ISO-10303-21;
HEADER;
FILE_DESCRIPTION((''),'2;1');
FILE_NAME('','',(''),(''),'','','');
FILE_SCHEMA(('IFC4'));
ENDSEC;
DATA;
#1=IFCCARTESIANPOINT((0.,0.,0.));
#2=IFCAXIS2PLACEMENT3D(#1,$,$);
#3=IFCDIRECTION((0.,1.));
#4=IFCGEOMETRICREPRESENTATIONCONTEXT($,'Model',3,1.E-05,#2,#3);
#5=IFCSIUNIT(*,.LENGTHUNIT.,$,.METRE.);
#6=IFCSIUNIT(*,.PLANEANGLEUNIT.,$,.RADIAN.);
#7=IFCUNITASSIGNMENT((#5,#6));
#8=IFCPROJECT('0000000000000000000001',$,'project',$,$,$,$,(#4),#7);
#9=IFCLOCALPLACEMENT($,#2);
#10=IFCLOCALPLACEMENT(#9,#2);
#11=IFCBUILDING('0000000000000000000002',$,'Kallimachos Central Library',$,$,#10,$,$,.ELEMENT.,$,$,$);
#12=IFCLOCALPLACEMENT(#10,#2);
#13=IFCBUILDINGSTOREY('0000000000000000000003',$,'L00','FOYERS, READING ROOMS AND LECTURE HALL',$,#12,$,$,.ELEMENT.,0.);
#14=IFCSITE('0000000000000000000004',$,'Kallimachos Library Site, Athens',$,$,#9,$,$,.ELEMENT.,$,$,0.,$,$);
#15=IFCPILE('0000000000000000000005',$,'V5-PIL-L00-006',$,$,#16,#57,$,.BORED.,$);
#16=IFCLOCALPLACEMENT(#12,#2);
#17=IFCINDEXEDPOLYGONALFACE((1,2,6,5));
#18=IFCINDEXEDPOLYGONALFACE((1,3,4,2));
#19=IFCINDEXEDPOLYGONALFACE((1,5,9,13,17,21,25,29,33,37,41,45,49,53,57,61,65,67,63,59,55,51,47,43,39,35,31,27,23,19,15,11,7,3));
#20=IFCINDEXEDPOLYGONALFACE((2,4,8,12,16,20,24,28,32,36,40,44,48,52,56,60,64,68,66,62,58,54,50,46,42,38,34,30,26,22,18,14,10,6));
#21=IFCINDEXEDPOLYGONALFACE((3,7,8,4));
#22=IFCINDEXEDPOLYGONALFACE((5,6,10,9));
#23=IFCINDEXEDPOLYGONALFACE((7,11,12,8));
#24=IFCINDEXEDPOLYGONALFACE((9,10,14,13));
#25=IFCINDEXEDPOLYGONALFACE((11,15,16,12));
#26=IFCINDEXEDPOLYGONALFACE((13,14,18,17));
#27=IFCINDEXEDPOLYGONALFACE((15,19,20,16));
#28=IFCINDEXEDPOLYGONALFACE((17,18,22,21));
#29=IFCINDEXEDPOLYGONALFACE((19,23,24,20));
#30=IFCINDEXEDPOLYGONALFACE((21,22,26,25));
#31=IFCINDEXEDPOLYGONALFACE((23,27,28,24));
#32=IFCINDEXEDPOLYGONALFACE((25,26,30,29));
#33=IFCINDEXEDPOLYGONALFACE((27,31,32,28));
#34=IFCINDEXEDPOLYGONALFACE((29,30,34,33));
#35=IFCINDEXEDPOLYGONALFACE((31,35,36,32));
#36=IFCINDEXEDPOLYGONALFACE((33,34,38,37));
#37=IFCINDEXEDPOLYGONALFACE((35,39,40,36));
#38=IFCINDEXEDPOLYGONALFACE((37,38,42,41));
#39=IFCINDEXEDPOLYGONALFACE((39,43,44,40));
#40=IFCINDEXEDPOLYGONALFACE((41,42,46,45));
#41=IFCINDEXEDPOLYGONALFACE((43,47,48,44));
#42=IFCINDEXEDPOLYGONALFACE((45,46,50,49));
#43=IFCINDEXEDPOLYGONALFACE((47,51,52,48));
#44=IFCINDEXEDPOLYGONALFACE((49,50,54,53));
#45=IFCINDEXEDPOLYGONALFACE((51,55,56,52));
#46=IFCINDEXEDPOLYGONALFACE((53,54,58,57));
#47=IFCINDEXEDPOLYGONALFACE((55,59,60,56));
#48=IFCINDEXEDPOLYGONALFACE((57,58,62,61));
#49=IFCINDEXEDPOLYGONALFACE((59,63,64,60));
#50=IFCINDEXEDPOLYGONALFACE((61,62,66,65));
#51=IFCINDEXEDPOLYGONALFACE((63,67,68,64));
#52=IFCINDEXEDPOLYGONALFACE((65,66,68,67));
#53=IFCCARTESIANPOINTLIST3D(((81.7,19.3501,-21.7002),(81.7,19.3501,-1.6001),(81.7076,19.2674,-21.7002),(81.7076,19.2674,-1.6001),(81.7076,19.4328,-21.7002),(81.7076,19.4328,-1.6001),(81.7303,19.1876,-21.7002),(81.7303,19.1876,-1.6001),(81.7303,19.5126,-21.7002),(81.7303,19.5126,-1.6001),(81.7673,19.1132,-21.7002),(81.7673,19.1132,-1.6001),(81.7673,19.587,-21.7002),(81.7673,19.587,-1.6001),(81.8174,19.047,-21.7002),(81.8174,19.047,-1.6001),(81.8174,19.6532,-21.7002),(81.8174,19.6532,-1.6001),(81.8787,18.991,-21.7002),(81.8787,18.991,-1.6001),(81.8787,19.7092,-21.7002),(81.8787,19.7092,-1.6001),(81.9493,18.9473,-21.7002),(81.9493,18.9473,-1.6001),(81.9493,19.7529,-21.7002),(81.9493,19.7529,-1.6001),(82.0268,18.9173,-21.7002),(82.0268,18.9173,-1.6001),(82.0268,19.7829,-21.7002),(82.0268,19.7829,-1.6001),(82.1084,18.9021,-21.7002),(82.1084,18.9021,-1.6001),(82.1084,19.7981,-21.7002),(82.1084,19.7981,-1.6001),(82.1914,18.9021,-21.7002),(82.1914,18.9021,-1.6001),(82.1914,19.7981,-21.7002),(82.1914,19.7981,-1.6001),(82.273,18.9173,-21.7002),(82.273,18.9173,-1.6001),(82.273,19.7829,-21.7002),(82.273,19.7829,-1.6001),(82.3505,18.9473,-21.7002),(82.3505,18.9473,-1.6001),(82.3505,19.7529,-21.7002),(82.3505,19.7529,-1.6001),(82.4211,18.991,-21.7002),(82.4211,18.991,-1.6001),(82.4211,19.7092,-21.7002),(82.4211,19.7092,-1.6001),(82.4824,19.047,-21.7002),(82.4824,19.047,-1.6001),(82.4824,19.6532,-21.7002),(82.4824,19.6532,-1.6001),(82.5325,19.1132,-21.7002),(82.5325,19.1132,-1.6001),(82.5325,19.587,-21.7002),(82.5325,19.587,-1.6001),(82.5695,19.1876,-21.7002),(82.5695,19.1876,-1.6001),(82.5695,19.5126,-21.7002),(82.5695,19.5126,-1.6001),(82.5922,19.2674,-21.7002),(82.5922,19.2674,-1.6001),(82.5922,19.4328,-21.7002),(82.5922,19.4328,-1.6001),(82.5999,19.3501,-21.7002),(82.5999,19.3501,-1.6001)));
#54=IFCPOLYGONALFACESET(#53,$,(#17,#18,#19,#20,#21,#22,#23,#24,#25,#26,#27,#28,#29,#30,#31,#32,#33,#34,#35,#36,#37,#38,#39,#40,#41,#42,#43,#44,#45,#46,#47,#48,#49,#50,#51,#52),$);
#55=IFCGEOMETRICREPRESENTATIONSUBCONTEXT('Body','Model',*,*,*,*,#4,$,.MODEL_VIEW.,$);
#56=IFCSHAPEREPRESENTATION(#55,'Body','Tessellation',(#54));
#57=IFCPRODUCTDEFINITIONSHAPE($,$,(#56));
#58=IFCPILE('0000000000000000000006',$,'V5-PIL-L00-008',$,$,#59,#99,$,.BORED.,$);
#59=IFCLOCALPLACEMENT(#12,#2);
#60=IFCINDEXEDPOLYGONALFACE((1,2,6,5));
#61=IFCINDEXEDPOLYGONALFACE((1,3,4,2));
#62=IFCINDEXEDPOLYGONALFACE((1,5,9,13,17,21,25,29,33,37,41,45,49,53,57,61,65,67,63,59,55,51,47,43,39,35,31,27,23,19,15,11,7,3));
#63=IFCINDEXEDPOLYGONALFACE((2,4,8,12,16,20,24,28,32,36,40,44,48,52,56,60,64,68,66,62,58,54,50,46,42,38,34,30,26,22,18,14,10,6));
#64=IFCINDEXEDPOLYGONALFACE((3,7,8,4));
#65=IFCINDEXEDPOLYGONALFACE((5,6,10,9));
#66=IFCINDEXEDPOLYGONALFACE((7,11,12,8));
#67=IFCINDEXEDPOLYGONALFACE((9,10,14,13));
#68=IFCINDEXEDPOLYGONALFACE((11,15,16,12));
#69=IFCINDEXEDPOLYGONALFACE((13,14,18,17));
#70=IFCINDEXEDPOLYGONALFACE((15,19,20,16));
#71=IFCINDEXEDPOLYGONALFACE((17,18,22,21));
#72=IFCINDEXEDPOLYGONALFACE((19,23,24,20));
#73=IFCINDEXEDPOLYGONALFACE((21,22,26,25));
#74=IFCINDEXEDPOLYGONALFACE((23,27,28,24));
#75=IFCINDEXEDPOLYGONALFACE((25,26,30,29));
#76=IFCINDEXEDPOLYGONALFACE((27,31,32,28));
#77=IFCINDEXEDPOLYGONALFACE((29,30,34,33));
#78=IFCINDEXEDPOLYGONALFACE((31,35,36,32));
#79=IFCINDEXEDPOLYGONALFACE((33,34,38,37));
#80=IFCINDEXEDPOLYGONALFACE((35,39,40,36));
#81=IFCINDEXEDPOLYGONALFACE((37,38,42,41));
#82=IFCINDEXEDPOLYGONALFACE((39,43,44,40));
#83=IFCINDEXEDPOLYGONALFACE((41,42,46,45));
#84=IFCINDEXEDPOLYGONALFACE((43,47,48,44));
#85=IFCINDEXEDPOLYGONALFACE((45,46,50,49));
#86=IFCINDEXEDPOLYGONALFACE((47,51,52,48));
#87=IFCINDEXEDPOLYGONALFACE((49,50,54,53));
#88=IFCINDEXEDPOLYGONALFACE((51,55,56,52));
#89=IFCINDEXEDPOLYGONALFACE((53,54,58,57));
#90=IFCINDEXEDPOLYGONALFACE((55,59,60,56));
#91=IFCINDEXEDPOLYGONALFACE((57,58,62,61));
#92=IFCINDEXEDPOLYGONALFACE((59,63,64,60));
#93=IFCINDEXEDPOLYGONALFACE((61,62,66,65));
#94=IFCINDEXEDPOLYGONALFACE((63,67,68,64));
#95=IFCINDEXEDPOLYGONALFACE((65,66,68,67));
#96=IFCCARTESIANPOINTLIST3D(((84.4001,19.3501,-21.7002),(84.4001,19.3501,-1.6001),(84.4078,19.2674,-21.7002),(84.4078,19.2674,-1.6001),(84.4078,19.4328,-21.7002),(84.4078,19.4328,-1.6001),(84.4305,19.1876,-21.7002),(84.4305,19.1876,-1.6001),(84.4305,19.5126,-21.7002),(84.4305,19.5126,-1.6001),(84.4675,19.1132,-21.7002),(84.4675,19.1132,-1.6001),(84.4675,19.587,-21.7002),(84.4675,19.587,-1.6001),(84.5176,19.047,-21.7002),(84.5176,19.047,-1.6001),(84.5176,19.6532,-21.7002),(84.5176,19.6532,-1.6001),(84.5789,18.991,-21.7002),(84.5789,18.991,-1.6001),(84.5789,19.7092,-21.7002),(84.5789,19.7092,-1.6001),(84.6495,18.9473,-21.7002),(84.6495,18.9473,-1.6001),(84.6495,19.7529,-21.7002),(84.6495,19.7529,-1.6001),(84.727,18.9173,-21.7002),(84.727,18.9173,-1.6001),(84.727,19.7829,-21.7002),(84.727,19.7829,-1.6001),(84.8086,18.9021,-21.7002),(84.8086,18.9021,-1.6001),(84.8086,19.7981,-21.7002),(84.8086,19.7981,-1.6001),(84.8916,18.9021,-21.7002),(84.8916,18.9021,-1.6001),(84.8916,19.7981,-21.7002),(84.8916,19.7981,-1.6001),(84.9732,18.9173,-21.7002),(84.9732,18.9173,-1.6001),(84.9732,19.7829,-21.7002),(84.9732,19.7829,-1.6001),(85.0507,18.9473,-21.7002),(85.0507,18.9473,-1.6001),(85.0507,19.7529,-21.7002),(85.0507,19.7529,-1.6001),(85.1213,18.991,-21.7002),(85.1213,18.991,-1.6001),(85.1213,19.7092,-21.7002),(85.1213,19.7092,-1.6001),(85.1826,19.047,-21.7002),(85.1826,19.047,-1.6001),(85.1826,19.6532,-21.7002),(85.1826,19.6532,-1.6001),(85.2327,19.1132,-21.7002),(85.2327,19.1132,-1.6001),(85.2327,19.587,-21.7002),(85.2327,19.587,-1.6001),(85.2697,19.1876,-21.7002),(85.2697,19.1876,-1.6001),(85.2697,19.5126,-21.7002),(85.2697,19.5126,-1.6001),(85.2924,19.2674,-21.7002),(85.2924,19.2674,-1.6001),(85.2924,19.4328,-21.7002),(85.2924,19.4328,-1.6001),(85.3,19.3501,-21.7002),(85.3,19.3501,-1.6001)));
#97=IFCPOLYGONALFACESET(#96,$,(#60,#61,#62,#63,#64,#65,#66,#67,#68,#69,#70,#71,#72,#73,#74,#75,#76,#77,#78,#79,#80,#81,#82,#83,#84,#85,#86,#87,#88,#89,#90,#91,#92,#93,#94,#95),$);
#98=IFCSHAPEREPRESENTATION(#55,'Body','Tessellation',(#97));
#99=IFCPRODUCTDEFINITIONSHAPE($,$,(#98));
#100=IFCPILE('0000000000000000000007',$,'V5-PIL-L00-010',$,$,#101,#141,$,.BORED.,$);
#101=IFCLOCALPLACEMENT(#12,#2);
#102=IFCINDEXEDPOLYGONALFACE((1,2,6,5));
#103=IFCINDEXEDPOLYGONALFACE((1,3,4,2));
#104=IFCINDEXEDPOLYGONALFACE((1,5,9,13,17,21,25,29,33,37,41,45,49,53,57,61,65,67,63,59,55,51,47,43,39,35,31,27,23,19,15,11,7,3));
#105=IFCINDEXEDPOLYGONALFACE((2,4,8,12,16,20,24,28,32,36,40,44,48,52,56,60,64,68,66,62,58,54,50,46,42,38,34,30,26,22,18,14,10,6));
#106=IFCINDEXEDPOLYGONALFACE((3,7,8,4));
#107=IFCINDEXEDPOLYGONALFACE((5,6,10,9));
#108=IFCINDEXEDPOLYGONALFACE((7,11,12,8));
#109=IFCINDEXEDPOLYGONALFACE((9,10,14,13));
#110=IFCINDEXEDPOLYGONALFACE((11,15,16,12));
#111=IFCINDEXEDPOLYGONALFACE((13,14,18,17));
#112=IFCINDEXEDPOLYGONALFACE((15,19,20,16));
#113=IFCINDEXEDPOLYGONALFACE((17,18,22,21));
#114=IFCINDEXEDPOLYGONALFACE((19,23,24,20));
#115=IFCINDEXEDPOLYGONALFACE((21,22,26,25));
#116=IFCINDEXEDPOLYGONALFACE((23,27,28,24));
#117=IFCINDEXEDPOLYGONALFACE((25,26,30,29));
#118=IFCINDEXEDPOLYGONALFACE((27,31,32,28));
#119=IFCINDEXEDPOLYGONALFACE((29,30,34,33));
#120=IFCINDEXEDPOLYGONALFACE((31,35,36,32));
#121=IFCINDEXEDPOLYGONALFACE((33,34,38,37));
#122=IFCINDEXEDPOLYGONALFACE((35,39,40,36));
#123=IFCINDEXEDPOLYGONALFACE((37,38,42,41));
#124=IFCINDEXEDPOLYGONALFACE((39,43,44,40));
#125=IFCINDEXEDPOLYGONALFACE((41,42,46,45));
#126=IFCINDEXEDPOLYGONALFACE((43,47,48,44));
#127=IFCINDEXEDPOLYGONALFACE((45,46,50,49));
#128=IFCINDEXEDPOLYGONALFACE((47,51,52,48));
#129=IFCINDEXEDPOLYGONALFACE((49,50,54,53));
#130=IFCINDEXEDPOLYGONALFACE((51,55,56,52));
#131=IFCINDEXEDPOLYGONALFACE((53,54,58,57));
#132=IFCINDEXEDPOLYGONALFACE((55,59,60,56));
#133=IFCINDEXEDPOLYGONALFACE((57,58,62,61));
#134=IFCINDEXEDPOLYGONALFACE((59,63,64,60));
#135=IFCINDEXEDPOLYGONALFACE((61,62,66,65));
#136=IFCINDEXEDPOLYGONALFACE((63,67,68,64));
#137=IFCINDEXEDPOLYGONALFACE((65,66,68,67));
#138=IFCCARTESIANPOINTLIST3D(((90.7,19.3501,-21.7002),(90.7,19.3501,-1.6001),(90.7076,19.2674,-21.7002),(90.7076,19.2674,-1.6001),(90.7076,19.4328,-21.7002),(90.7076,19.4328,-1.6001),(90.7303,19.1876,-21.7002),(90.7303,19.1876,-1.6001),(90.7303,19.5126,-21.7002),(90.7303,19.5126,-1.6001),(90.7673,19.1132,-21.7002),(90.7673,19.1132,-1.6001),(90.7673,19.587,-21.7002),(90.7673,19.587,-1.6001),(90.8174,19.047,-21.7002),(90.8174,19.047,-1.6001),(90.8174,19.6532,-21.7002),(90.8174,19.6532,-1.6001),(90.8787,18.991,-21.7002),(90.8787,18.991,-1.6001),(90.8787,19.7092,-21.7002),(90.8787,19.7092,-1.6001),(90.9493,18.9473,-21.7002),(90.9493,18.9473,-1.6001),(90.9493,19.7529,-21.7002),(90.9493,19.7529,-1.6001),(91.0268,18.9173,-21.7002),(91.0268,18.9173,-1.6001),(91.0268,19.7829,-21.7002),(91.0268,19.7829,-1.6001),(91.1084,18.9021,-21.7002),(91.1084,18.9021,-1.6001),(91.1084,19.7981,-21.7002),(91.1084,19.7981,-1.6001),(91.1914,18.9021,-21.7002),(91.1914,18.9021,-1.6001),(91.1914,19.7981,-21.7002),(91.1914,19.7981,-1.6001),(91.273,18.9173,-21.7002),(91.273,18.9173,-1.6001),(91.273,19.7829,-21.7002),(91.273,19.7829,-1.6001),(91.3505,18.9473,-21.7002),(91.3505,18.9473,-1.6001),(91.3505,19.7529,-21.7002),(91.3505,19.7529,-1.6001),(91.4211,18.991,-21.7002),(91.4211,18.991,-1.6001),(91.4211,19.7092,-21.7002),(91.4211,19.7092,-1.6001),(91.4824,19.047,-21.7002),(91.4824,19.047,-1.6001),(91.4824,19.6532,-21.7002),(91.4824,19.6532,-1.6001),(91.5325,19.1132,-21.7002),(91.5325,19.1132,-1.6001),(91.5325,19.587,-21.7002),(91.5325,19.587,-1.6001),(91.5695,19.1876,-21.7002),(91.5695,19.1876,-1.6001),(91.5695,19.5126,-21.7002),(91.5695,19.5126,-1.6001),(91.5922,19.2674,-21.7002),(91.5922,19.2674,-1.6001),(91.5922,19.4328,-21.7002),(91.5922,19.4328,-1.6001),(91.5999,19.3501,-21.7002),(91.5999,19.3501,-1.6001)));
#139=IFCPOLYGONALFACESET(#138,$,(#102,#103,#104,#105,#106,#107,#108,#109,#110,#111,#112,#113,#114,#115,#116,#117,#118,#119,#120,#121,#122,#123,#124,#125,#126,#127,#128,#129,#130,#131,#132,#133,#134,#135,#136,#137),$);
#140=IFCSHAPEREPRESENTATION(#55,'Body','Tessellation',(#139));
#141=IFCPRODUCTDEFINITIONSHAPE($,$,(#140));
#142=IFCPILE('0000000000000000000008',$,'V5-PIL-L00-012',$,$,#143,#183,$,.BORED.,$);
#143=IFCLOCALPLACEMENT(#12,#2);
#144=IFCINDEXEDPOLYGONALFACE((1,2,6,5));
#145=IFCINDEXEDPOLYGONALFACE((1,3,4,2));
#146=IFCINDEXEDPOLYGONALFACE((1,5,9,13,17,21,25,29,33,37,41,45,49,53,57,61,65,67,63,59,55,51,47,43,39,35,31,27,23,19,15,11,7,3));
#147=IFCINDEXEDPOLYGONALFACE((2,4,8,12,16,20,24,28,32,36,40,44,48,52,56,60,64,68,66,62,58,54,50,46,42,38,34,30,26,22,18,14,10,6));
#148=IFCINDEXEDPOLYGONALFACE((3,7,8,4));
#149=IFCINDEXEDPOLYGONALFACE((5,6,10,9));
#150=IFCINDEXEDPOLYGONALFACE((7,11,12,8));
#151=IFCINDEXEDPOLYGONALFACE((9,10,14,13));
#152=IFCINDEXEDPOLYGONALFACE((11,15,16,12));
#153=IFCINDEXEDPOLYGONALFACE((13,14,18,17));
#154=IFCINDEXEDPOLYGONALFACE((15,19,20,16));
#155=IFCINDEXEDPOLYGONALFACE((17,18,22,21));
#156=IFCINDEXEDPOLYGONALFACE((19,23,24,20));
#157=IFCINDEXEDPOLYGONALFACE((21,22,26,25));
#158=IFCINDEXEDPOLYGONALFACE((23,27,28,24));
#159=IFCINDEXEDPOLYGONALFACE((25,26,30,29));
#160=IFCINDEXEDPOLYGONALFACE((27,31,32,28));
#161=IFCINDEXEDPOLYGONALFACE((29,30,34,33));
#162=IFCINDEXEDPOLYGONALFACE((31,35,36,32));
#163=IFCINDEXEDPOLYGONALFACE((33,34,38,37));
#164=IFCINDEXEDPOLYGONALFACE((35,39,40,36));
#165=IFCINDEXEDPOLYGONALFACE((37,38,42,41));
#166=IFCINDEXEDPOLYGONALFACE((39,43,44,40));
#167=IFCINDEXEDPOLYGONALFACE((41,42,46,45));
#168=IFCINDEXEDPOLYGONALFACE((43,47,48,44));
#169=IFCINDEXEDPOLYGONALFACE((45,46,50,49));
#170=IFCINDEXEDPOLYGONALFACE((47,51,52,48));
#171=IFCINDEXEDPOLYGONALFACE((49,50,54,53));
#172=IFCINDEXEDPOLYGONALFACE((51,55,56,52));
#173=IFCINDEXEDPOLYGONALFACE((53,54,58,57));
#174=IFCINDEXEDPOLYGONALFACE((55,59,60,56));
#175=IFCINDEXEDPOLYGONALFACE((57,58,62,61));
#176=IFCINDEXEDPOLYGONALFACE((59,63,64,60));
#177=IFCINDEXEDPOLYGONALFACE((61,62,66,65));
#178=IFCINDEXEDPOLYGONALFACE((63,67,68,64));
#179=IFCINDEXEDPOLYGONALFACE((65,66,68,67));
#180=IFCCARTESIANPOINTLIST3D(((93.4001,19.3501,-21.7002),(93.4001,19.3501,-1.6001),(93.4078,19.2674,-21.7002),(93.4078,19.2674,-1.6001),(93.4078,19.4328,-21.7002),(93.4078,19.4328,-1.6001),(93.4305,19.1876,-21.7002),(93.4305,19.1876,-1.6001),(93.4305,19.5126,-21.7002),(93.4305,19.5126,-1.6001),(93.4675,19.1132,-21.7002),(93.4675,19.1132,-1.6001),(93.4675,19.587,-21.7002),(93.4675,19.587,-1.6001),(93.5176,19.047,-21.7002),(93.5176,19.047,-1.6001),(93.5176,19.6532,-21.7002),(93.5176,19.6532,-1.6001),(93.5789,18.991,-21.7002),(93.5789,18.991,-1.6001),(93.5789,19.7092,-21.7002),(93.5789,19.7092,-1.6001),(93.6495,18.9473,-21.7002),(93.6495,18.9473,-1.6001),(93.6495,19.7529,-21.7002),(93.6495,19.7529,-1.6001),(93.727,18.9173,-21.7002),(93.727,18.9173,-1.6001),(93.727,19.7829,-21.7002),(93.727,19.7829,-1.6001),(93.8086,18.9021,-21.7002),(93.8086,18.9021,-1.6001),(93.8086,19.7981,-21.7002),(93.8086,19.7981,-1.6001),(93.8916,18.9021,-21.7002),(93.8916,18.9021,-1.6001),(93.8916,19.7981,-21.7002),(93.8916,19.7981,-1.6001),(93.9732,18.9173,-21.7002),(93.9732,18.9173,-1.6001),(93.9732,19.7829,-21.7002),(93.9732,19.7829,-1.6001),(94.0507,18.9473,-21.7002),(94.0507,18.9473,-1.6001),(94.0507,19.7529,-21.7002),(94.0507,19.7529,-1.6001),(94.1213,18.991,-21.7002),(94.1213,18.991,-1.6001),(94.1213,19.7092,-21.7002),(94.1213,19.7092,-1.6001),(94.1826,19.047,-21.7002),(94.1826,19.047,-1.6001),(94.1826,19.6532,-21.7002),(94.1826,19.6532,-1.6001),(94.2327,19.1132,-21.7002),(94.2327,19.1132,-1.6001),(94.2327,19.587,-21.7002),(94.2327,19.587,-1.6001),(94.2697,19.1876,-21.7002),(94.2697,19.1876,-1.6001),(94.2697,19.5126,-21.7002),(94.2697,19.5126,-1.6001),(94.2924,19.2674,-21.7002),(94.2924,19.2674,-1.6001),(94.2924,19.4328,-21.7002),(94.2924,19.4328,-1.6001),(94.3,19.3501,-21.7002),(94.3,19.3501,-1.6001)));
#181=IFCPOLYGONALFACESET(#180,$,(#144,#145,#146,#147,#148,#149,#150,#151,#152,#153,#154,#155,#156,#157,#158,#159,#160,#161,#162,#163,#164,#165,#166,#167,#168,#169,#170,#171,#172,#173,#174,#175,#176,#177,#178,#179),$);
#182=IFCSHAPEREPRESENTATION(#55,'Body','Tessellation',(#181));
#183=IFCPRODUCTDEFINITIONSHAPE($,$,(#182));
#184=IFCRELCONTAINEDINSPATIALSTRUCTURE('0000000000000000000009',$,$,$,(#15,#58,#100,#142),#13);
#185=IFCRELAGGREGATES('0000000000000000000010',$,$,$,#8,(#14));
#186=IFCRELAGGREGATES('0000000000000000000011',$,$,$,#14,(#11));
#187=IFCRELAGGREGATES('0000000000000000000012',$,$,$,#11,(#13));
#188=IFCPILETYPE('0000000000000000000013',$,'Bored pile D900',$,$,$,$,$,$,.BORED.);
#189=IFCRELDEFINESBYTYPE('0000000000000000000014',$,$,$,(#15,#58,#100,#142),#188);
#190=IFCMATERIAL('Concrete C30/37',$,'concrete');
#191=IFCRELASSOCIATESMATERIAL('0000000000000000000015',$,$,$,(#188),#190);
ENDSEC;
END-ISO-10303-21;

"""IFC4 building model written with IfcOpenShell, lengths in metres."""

from ifc_helpers import new_model, si_unit, direction, frame, origin, origin_2d, place, context, subcontext, project, spatial, circle, extrude, material, type_object, element, save


model = new_model("IFC4")

# Units and contexts
model_context = context("Model", 3, precision=1e-05, world=origin(), true_north=direction((0.0, 1.0)))
body_context = subcontext(model_context, "Body", "Model", "MODEL_VIEW")
ifc_project = project(units=[si_unit("LENGTHUNIT", "METRE"), si_unit("PLANEANGLEUNIT", "RADIAN")], contexts=[model_context])

# Site, building, storey
site_placement = place(None, origin())
site = spatial("IfcSite", under=ifc_project, at=site_placement, Name="Kallimachos Library Site, Athens", CompositionType="ELEMENT", RefElevation=0.0)
building_placement = place(site_placement, origin())
building = spatial("IfcBuilding", under=site, at=building_placement, Name="Kallimachos Central Library", CompositionType="ELEMENT")
storey_placement = place(building_placement, origin())
storey = spatial("IfcBuildingStorey", under=building, at=storey_placement, Name="L00", Description="FOYERS, READING ROOMS AND LECTURE HALL", CompositionType="ELEMENT", Elevation=0.0)

# Piles
ifc_material_1 = material(Name="Concrete C30/37", Category="concrete")
pile_type = type_object("IfcPileType", Name="Bored pile D900", PredefinedType="BORED", material=ifc_material_1)
for number, where, z_axis, x_axis, name in (
    (1, (82.1499, 19.3501, -1.6001), (0.0, 0.0, -1.0), (1.0, 0.0, 0.0), "V5-PIL-L00-006"),
    (2, (84.8501, 19.3501, -1.6001), (0.0, 0.0, -1.0), (1.0, 0.0, 0.0), "V5-PIL-L00-008"),
    (3, (91.1499, 19.3501, -1.6001), (0.0, 0.0, -1.0), (1.0, 0.0, 0.0), "V5-PIL-L00-010"),
    (4, (93.8501, 19.3501, -1.6001), (0.0, 0.0, -1.0), (1.0, 0.0, 0.0), "V5-PIL-L00-012"),
):
    element("IfcPile", number, at=place(storey_placement, frame(where, z_axis=z_axis, x_axis=x_axis)), inside=storey, type_object=pile_type, Name=name, PredefinedType="BORED", context=body_context, shape_type="SweptSolid", body=[
        extrude(circle(Radius=0.45, at=origin_2d()), origin(), (0.0, 0.0, 1.0), 20.1001),
    ])

save(model, "model.ifc")
